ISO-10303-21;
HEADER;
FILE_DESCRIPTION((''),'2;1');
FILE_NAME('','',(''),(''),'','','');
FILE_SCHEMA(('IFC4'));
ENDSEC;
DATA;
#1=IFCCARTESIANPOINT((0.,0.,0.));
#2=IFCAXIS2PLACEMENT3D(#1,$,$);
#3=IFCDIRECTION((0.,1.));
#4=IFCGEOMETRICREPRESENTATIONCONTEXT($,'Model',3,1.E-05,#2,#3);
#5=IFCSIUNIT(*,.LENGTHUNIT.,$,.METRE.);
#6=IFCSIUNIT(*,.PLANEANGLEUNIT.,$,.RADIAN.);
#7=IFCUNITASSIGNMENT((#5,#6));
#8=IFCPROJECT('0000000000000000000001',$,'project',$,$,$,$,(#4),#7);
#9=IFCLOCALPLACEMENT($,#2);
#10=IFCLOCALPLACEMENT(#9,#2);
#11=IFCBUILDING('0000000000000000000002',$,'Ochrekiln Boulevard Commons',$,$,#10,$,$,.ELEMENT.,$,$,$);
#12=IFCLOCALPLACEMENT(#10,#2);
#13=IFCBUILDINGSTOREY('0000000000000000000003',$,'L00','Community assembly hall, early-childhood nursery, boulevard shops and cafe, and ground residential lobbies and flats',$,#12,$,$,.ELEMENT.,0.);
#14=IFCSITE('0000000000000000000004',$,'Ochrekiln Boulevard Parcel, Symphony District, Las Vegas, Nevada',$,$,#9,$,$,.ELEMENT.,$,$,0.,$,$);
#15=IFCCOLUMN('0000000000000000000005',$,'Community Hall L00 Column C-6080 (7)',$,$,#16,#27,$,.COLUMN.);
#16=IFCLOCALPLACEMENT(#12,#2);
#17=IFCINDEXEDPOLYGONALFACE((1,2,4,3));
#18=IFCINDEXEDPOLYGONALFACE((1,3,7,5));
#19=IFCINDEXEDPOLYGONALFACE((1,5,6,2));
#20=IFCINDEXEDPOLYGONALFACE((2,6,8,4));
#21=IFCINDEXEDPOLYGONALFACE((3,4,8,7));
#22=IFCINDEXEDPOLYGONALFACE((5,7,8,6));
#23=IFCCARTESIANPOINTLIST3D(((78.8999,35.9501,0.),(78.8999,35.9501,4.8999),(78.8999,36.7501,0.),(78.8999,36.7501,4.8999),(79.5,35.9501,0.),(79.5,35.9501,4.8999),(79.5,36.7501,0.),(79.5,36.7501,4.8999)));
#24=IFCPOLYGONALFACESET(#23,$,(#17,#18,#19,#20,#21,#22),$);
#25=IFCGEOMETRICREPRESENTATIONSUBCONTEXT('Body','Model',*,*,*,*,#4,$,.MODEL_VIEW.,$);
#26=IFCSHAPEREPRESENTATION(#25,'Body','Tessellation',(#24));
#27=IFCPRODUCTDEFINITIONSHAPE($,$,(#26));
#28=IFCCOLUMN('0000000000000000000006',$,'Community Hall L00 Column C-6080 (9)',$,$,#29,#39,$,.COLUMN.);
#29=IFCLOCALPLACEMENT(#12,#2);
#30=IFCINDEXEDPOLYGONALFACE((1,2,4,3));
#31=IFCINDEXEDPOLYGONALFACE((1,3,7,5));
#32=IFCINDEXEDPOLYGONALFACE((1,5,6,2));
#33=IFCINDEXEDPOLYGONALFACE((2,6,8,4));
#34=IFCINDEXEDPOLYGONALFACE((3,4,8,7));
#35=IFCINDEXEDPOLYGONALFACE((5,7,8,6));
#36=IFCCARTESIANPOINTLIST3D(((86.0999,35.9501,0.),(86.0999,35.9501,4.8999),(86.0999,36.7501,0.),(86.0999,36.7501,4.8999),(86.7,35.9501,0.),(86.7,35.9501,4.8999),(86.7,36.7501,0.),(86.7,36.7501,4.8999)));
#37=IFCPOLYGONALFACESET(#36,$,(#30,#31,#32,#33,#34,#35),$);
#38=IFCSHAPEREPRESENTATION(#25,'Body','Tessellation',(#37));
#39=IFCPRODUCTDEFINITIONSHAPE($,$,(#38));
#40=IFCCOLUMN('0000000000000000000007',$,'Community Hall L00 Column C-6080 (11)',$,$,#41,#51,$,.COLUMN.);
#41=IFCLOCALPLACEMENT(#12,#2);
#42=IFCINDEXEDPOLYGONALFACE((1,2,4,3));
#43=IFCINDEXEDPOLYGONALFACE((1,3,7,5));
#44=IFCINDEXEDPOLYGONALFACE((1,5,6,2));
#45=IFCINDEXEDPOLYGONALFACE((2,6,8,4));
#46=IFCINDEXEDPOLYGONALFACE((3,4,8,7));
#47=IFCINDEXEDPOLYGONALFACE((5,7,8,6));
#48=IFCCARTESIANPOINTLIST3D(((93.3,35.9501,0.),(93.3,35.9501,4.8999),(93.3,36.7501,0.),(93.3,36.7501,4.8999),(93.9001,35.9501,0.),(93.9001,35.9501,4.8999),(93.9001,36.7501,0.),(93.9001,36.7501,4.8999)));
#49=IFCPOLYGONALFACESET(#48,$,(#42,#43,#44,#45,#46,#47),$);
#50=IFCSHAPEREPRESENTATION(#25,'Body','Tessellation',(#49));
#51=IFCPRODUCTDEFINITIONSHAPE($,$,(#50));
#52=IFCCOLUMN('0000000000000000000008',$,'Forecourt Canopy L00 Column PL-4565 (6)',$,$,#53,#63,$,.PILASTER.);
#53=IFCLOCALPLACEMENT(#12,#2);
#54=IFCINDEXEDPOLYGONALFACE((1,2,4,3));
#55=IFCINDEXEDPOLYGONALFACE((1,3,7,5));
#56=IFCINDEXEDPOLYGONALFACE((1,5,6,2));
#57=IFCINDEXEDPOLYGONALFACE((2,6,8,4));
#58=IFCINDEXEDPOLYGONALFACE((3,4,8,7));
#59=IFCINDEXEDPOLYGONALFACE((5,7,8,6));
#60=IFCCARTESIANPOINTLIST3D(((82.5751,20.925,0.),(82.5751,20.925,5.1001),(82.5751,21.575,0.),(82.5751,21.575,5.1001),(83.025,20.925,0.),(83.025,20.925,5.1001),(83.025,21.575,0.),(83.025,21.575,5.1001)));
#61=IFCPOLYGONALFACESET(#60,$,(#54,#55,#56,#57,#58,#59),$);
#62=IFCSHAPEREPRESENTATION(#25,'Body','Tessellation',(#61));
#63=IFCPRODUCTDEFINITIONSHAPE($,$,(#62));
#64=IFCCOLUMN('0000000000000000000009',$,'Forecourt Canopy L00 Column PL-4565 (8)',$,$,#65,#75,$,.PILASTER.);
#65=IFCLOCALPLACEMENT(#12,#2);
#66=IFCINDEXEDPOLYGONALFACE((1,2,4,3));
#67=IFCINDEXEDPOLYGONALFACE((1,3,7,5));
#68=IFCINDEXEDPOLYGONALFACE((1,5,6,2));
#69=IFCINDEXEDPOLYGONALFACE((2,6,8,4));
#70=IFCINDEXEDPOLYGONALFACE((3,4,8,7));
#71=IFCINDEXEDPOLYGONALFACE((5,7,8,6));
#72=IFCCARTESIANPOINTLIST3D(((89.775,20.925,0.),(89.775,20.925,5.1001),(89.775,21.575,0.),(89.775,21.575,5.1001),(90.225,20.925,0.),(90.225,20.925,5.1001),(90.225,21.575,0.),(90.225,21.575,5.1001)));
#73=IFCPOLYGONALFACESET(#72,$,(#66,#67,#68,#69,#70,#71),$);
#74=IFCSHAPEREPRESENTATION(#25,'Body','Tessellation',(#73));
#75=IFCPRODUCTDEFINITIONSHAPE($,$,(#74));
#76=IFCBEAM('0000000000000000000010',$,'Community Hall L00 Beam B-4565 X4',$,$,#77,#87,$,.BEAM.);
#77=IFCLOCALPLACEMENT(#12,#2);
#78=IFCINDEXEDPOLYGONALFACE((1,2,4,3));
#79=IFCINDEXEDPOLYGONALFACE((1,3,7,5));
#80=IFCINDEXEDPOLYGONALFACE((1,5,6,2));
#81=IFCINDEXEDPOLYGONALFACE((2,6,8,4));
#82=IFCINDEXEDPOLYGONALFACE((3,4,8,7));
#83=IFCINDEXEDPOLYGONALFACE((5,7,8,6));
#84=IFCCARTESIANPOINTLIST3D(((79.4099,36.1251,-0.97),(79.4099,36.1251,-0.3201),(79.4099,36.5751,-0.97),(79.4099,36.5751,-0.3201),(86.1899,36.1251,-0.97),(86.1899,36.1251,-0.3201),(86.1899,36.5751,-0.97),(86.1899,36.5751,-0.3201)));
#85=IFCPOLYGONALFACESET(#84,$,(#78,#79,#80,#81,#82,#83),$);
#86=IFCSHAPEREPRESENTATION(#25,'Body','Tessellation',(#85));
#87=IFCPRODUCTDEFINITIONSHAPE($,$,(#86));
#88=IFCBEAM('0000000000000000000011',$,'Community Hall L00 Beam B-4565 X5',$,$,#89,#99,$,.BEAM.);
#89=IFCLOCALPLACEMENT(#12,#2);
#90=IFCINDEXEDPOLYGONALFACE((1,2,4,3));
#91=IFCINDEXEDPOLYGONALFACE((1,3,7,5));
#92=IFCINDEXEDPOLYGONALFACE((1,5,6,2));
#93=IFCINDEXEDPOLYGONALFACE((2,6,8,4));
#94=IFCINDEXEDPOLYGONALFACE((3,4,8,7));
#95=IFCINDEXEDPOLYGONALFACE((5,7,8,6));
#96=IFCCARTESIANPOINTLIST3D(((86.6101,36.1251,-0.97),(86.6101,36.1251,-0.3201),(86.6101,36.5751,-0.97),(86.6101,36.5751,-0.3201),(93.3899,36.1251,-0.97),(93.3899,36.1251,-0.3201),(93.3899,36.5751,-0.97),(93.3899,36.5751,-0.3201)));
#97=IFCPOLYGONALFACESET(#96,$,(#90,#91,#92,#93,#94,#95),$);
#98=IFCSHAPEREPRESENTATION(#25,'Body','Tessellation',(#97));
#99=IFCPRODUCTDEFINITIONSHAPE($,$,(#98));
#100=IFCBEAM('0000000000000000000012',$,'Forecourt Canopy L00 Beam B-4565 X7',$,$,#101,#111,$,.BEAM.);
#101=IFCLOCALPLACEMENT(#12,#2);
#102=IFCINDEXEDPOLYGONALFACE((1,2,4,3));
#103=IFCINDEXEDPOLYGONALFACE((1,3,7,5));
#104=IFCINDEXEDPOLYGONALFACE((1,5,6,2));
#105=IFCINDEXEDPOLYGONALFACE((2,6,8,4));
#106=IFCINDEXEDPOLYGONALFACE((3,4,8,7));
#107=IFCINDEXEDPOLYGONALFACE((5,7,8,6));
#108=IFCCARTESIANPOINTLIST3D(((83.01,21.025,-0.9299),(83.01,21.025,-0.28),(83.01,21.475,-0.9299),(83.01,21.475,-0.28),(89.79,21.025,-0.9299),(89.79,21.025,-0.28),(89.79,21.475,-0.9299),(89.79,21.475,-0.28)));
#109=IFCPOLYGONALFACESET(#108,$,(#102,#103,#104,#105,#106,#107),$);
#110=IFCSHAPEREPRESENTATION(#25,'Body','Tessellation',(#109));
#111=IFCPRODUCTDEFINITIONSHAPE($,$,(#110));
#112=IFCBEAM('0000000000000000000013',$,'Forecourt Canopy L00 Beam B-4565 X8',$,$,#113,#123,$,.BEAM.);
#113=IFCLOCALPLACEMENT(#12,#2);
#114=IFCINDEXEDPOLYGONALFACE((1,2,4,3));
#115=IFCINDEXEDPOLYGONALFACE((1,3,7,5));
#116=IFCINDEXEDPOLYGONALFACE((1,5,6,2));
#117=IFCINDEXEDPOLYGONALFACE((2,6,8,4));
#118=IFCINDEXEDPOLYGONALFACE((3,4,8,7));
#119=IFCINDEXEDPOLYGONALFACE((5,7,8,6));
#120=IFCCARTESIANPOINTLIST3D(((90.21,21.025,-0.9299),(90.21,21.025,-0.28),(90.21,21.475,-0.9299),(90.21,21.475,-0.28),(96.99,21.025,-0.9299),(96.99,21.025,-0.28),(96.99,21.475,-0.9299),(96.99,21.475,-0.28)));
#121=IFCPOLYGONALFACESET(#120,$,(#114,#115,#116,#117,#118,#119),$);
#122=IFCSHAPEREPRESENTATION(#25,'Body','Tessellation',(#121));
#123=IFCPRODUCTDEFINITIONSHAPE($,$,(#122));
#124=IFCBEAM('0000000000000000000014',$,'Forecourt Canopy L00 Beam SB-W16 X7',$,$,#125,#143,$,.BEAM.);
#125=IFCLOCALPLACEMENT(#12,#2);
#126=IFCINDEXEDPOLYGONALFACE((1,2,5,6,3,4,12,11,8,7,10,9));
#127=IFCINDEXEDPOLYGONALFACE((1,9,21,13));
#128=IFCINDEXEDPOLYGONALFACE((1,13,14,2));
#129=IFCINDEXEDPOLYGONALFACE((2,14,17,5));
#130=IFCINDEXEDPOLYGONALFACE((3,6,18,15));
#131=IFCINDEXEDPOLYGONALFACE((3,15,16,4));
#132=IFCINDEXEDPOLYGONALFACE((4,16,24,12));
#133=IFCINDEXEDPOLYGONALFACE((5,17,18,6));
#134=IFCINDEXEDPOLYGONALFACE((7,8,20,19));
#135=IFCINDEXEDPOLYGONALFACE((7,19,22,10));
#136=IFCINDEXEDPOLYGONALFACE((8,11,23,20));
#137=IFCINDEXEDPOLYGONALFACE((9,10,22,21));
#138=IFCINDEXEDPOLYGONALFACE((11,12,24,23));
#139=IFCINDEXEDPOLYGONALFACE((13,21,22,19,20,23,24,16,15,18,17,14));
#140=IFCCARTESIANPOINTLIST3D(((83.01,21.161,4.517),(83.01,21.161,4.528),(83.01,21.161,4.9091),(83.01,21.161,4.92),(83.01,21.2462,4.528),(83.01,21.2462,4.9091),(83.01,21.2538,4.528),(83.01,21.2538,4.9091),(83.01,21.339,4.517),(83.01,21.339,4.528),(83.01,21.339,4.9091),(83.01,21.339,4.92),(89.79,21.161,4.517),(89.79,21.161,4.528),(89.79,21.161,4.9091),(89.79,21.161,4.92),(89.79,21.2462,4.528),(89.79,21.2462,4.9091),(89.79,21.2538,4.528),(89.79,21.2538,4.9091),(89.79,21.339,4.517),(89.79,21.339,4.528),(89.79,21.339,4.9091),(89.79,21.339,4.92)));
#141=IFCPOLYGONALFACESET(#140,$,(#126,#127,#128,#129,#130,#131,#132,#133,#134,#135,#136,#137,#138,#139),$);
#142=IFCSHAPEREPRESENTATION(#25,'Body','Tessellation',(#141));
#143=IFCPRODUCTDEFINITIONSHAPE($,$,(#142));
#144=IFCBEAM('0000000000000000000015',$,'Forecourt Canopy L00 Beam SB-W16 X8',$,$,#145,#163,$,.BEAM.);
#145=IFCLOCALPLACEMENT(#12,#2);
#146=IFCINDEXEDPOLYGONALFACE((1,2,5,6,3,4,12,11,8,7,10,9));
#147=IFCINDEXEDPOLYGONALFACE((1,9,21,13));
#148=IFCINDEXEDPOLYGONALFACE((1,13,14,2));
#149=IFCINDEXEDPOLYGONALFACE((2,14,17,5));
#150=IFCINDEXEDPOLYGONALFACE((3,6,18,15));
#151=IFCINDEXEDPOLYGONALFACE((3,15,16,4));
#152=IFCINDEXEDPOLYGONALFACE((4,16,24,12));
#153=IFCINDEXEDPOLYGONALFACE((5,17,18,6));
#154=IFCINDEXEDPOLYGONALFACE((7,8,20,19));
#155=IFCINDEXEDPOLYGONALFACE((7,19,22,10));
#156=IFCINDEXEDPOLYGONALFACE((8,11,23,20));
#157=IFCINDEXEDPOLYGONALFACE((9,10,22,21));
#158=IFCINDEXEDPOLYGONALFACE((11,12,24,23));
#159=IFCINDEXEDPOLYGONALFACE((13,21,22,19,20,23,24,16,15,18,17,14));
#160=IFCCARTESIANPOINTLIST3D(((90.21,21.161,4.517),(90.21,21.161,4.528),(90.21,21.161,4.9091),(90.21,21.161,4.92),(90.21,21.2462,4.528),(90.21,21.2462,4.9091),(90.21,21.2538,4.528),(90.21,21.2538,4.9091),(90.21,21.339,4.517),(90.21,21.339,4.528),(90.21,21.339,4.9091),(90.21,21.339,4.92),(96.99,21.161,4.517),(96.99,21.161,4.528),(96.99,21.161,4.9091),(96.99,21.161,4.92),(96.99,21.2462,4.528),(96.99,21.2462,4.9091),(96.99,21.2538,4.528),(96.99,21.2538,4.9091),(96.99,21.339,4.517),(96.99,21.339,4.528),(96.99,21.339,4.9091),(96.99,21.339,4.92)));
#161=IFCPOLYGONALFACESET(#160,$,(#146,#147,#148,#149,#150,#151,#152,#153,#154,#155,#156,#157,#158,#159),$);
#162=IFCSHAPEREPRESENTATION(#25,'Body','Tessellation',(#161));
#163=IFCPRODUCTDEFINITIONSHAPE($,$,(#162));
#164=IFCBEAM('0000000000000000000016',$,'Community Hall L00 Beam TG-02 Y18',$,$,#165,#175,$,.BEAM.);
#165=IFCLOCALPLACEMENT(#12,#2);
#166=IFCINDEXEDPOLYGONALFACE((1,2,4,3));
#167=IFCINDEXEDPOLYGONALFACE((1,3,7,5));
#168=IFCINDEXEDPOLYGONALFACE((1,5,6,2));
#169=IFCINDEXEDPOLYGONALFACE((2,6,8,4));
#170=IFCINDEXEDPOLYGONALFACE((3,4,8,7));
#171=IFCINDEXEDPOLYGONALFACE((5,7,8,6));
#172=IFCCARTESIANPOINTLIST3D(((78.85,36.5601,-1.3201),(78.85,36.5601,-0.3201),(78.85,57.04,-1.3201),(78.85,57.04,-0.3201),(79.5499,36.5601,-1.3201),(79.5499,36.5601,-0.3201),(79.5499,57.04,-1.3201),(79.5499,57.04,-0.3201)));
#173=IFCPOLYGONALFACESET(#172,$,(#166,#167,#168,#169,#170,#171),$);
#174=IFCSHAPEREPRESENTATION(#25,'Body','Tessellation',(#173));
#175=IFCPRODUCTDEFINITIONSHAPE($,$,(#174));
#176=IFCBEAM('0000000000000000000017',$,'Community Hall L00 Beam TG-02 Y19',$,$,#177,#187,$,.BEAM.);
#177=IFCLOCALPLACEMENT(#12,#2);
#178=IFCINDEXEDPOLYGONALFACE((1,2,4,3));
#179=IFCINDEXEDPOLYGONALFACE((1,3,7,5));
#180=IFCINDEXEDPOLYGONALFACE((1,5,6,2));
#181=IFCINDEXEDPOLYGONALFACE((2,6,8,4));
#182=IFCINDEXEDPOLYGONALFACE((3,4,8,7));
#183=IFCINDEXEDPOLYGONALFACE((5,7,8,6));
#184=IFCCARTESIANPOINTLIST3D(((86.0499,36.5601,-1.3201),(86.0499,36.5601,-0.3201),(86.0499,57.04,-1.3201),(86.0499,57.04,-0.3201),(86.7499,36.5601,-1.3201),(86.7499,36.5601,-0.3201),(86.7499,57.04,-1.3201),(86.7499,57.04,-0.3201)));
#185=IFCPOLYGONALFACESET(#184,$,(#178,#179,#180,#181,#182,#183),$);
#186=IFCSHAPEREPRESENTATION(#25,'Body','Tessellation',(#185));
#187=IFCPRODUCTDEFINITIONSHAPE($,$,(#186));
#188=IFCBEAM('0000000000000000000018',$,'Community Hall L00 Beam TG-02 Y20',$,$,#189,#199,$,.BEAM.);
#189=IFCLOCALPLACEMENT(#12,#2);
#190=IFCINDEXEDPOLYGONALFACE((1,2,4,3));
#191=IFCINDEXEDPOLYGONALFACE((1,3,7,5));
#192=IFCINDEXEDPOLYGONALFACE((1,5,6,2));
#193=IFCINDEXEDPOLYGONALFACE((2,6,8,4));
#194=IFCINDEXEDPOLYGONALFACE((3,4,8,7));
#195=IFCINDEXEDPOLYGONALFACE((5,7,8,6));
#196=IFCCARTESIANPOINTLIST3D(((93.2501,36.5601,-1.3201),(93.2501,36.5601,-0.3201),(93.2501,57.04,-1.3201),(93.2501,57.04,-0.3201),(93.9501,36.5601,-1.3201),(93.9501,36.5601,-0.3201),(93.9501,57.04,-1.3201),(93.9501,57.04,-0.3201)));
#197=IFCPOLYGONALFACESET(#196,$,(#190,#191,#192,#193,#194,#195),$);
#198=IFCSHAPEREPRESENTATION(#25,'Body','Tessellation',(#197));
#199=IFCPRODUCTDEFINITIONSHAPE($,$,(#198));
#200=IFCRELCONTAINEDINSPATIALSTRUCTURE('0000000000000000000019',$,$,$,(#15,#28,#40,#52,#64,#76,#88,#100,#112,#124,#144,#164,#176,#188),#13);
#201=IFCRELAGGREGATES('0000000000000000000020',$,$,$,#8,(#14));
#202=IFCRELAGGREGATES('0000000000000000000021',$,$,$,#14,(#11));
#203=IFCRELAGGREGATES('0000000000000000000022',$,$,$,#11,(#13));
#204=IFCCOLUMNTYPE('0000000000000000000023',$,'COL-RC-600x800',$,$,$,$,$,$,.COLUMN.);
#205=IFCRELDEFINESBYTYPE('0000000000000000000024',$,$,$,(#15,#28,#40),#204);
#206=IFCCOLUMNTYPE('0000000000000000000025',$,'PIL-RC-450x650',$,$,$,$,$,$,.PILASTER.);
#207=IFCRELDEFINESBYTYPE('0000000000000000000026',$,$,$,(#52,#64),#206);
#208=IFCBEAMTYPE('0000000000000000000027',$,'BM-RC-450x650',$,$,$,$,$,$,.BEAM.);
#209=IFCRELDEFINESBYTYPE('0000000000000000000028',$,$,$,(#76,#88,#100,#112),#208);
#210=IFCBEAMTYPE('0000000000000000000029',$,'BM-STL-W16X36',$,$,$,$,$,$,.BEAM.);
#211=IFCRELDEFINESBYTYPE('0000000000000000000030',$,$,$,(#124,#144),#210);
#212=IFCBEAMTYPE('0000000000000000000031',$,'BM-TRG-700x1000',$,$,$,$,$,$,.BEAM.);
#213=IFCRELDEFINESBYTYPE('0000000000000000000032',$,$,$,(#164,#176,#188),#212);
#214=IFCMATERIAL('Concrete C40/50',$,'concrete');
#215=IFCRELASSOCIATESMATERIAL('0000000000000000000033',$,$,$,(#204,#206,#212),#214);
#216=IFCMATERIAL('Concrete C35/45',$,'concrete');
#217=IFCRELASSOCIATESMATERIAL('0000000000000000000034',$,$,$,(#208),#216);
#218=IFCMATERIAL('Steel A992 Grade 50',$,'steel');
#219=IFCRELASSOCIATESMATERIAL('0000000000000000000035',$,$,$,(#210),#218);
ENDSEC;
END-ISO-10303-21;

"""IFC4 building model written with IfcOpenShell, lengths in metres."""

from ifc_helpers import new_model, si_unit, direction, frame, origin, origin_2d, place, context, subcontext, project, spatial, rectangle, i_section, extrude, material, material_profile, profile_set, type_object, element, save


model = new_model("IFC4")

# Units and contexts
model_context = context("Model", 3, precision=1e-05, world=origin(), true_north=direction((0.0, 1.0)))
body_context = subcontext(model_context, "Body", "Model", "MODEL_VIEW")
ifc_project = project(units=[si_unit("LENGTHUNIT", "METRE"), si_unit("PLANEANGLEUNIT", "RADIAN")], contexts=[model_context])

# Site, building, storey
site_placement = place(None, origin())
site = spatial("IfcSite", under=ifc_project, at=site_placement, Name="Ochrekiln Boulevard Parcel, Symphony District, Las Vegas, Nevada", CompositionType="ELEMENT", RefElevation=0.0)
building_placement = place(site_placement, origin())
building = spatial("IfcBuilding", under=site, at=building_placement, Name="Ochrekiln Boulevard Commons", CompositionType="ELEMENT")
storey_placement = place(building_placement, origin())
storey = spatial("IfcBuildingStorey", under=building, at=storey_placement, Name="L00", Description="Community assembly hall, early-childhood nursery, boulevard shops and cafe, and ground residential lobbies and flats", CompositionType="ELEMENT", Elevation=0.0)

# Columns
ifc_material_1 = material(Name="Concrete C40/50", Category="concrete")
ifc_material_profile_1 = material_profile(ifc_material_1, rectangle(XDim=0.6001, YDim=0.8, at=origin_2d()), Name="RC-COL-600x800")
ifc_profile_set_1 = profile_set([ifc_material_profile_1], Name="Concrete C40/50")
column_type_1 = type_object("IfcColumnType", Name="COL-RC-600x800", PredefinedType="COLUMN", material=ifc_profile_set_1)
for number, where, z_axis, x_axis, name in (
    (1, (79.2, 36.3501, 0.0), (0.0, 0.0, 1.0), (1.0, 0.0, 0.0), "Community Hall L00 Column C-6080 (7)"),
    (2, (86.3999, 36.3501, 0.0), (0.0, 0.0, 1.0), (1.0, 0.0, 0.0), "Community Hall L00 Column C-6080 (9)"),
    (3, (93.6001, 36.3501, 0.0), (0.0, 0.0, 1.0), (1.0, 0.0, 0.0), "Community Hall L00 Column C-6080 (11)"),
):
    element("IfcColumn", number, at=place(storey_placement, frame(where, z_axis=z_axis, x_axis=x_axis)), inside=storey, type_object=column_type_1, Name=name, PredefinedType="COLUMN", context=body_context, shape_type="SweptSolid", body=[
        extrude(rectangle(XDim=0.6001, YDim=0.8, at=origin_2d()), origin(), (0.0, 0.0, 1.0), 4.8999),
    ])
ifc_material_profile_2 = material_profile(ifc_material_1, rectangle(XDim=0.45, YDim=0.6499, at=origin_2d()), Name="RC-PIL-450x650")
ifc_profile_set_2 = profile_set([ifc_material_profile_2], Name="Concrete C40/50")
column_type_2 = type_object("IfcColumnType", Name="PIL-RC-450x650", PredefinedType="PILASTER", material=ifc_profile_set_2)
for number, where, z_axis, x_axis, name in (
    (4, (82.8, 21.25, 0.0), (0.0, 0.0, 1.0), (1.0, 0.0, 0.0), "Forecourt Canopy L00 Column PL-4565 (6)"),
    (5, (90.0, 21.25, 0.0), (0.0, 0.0, 1.0), (1.0, 0.0, 0.0), "Forecourt Canopy L00 Column PL-4565 (8)"),
):
    element("IfcColumn", number, at=place(storey_placement, frame(where, z_axis=z_axis, x_axis=x_axis)), inside=storey, type_object=column_type_2, Name=name, PredefinedType="PILASTER", context=body_context, shape_type="SweptSolid", body=[
        extrude(rectangle(XDim=0.45, YDim=0.6499, at=origin_2d()), origin(), (0.0, 0.0, 1.0), 5.1001),
    ])

# Beams
ifc_material_2 = material(Name="Concrete C35/45", Category="concrete")
ifc_material_profile_3 = material_profile(ifc_material_2, rectangle(XDim=0.45, YDim=0.6499, at=origin_2d()), Name="RC-BM-450x650")
ifc_profile_set_3 = profile_set([ifc_material_profile_3], Name="Concrete C35/45")
beam_type_1 = type_object("IfcBeamType", Name="BM-RC-450x650", PredefinedType="BEAM", material=ifc_profile_set_3)
beam_1_placement = place(storey_placement, frame((79.4099, 36.3501, -0.645), z_axis=(1.0, 0.0, 0.0), x_axis=(0.0, 1.0, 0.0)))
element("IfcBeam", 6, at=beam_1_placement, inside=storey, type_object=beam_type_1, Name="Community Hall L00 Beam B-4565 X4", PredefinedType="BEAM", context=body_context, shape_type="SweptSolid", body=[
    extrude(rectangle(XDim=0.45, YDim=0.6499, at=origin_2d()), origin(), (0.0, 0.0, 1.0), 6.78),
])
beam_2_placement = place(storey_placement, frame((86.6101, 36.3501, -0.645), z_axis=(1.0, 0.0, 0.0), x_axis=(0.0, 1.0, 0.0)))
element("IfcBeam", 7, at=beam_2_placement, inside=storey, type_object=beam_type_1, Name="Community Hall L00 Beam B-4565 X5", PredefinedType="BEAM", context=body_context, shape_type="SweptSolid", body=[
    extrude(rectangle(XDim=0.45, YDim=0.6499, at=origin_2d()), origin(), (0.0, 0.0, 1.0), 6.7798),
])
for number, where, z_axis, x_axis, name in (
    (8, (83.01, 21.25, -0.605), (1.0, 0.0, 0.0), (0.0, 1.0, 0.0), "Forecourt Canopy L00 Beam B-4565 X7"),
    (9, (90.21, 21.25, -0.605), (1.0, 0.0, 0.0), (0.0, 1.0, 0.0), "Forecourt Canopy L00 Beam B-4565 X8"),
):
    element("IfcBeam", number, at=place(storey_placement, frame(where, z_axis=z_axis, x_axis=x_axis)), inside=storey, type_object=beam_type_1, Name=name, PredefinedType="BEAM", context=body_context, shape_type="SweptSolid", body=[
        extrude(rectangle(XDim=0.45, YDim=0.6499, at=origin_2d()), origin(), (0.0, 0.0, 1.0), 6.78),
    ])
ifc_material_3 = material(Name="Steel A992 Grade 50", Category="steel")
ifc_material_profile_4 = material_profile(ifc_material_3, i_section(OverallWidth=0.178, OverallDepth=0.4031, WebThickness=0.0076, FlangeThickness=0.011, at=origin_2d()), Name="W16X36")
ifc_profile_set_4 = profile_set([ifc_material_profile_4], Name="Steel A992 Grade 50")
beam_type_2 = type_object("IfcBeamType", Name="BM-STL-W16X36", PredefinedType="BEAM", material=ifc_profile_set_4)
for number, where, z_axis, x_axis, name in (
    (10, (83.01, 21.25, 4.7185), (1.0, 0.0, 0.0), (0.0, 1.0, 0.0), "Forecourt Canopy L00 Beam SB-W16 X7"),
    (11, (90.21, 21.25, 4.7185), (1.0, 0.0, 0.0), (0.0, 1.0, 0.0), "Forecourt Canopy L00 Beam SB-W16 X8"),
):
    element("IfcBeam", number, at=place(storey_placement, frame(where, z_axis=z_axis, x_axis=x_axis)), inside=storey, type_object=beam_type_2, Name=name, PredefinedType="BEAM", context=body_context, shape_type="SweptSolid", body=[
        extrude(i_section(OverallWidth=0.178, OverallDepth=0.4031, WebThickness=0.0076, FlangeThickness=0.011, at=origin_2d()), origin(), (0.0, 0.0, 1.0), 6.78),
    ])
ifc_material_profile_5 = material_profile(ifc_material_1, rectangle(XDim=0.7, YDim=1.0, at=origin_2d()), Name="RC-TRG-700x1000")
ifc_profile_set_5 = profile_set([ifc_material_profile_5], Name="Concrete C40/50")
beam_type_3 = type_object("IfcBeamType", Name="BM-TRG-700x1000", PredefinedType="BEAM", material=ifc_profile_set_5)
for number, where, z_axis, x_axis, name in (
    (12, (79.2, 36.5601, -0.8201), (0.0, 1.0, 0.0), (-1.0, 0.0, 0.0), "Community Hall L00 Beam TG-02 Y18"),
    (13, (86.3999, 36.5601, -0.8201), (0.0, 1.0, 0.0), (-1.0, 0.0, 0.0), "Community Hall L00 Beam TG-02 Y19"),
    (14, (93.6001, 36.5601, -0.8201), (0.0, 1.0, 0.0), (-1.0, 0.0, 0.0), "Community Hall L00 Beam TG-02 Y20"),
):
    element("IfcBeam", number, at=place(storey_placement, frame(where, z_axis=z_axis, x_axis=x_axis)), inside=storey, type_object=beam_type_3, Name=name, PredefinedType="BEAM", context=body_context, shape_type="SweptSolid", body=[
        extrude(rectangle(XDim=0.7, YDim=1.0, at=origin_2d()), origin(), (0.0, 0.0, 1.0), 20.48),
    ])

save(model, "model.ifc")
